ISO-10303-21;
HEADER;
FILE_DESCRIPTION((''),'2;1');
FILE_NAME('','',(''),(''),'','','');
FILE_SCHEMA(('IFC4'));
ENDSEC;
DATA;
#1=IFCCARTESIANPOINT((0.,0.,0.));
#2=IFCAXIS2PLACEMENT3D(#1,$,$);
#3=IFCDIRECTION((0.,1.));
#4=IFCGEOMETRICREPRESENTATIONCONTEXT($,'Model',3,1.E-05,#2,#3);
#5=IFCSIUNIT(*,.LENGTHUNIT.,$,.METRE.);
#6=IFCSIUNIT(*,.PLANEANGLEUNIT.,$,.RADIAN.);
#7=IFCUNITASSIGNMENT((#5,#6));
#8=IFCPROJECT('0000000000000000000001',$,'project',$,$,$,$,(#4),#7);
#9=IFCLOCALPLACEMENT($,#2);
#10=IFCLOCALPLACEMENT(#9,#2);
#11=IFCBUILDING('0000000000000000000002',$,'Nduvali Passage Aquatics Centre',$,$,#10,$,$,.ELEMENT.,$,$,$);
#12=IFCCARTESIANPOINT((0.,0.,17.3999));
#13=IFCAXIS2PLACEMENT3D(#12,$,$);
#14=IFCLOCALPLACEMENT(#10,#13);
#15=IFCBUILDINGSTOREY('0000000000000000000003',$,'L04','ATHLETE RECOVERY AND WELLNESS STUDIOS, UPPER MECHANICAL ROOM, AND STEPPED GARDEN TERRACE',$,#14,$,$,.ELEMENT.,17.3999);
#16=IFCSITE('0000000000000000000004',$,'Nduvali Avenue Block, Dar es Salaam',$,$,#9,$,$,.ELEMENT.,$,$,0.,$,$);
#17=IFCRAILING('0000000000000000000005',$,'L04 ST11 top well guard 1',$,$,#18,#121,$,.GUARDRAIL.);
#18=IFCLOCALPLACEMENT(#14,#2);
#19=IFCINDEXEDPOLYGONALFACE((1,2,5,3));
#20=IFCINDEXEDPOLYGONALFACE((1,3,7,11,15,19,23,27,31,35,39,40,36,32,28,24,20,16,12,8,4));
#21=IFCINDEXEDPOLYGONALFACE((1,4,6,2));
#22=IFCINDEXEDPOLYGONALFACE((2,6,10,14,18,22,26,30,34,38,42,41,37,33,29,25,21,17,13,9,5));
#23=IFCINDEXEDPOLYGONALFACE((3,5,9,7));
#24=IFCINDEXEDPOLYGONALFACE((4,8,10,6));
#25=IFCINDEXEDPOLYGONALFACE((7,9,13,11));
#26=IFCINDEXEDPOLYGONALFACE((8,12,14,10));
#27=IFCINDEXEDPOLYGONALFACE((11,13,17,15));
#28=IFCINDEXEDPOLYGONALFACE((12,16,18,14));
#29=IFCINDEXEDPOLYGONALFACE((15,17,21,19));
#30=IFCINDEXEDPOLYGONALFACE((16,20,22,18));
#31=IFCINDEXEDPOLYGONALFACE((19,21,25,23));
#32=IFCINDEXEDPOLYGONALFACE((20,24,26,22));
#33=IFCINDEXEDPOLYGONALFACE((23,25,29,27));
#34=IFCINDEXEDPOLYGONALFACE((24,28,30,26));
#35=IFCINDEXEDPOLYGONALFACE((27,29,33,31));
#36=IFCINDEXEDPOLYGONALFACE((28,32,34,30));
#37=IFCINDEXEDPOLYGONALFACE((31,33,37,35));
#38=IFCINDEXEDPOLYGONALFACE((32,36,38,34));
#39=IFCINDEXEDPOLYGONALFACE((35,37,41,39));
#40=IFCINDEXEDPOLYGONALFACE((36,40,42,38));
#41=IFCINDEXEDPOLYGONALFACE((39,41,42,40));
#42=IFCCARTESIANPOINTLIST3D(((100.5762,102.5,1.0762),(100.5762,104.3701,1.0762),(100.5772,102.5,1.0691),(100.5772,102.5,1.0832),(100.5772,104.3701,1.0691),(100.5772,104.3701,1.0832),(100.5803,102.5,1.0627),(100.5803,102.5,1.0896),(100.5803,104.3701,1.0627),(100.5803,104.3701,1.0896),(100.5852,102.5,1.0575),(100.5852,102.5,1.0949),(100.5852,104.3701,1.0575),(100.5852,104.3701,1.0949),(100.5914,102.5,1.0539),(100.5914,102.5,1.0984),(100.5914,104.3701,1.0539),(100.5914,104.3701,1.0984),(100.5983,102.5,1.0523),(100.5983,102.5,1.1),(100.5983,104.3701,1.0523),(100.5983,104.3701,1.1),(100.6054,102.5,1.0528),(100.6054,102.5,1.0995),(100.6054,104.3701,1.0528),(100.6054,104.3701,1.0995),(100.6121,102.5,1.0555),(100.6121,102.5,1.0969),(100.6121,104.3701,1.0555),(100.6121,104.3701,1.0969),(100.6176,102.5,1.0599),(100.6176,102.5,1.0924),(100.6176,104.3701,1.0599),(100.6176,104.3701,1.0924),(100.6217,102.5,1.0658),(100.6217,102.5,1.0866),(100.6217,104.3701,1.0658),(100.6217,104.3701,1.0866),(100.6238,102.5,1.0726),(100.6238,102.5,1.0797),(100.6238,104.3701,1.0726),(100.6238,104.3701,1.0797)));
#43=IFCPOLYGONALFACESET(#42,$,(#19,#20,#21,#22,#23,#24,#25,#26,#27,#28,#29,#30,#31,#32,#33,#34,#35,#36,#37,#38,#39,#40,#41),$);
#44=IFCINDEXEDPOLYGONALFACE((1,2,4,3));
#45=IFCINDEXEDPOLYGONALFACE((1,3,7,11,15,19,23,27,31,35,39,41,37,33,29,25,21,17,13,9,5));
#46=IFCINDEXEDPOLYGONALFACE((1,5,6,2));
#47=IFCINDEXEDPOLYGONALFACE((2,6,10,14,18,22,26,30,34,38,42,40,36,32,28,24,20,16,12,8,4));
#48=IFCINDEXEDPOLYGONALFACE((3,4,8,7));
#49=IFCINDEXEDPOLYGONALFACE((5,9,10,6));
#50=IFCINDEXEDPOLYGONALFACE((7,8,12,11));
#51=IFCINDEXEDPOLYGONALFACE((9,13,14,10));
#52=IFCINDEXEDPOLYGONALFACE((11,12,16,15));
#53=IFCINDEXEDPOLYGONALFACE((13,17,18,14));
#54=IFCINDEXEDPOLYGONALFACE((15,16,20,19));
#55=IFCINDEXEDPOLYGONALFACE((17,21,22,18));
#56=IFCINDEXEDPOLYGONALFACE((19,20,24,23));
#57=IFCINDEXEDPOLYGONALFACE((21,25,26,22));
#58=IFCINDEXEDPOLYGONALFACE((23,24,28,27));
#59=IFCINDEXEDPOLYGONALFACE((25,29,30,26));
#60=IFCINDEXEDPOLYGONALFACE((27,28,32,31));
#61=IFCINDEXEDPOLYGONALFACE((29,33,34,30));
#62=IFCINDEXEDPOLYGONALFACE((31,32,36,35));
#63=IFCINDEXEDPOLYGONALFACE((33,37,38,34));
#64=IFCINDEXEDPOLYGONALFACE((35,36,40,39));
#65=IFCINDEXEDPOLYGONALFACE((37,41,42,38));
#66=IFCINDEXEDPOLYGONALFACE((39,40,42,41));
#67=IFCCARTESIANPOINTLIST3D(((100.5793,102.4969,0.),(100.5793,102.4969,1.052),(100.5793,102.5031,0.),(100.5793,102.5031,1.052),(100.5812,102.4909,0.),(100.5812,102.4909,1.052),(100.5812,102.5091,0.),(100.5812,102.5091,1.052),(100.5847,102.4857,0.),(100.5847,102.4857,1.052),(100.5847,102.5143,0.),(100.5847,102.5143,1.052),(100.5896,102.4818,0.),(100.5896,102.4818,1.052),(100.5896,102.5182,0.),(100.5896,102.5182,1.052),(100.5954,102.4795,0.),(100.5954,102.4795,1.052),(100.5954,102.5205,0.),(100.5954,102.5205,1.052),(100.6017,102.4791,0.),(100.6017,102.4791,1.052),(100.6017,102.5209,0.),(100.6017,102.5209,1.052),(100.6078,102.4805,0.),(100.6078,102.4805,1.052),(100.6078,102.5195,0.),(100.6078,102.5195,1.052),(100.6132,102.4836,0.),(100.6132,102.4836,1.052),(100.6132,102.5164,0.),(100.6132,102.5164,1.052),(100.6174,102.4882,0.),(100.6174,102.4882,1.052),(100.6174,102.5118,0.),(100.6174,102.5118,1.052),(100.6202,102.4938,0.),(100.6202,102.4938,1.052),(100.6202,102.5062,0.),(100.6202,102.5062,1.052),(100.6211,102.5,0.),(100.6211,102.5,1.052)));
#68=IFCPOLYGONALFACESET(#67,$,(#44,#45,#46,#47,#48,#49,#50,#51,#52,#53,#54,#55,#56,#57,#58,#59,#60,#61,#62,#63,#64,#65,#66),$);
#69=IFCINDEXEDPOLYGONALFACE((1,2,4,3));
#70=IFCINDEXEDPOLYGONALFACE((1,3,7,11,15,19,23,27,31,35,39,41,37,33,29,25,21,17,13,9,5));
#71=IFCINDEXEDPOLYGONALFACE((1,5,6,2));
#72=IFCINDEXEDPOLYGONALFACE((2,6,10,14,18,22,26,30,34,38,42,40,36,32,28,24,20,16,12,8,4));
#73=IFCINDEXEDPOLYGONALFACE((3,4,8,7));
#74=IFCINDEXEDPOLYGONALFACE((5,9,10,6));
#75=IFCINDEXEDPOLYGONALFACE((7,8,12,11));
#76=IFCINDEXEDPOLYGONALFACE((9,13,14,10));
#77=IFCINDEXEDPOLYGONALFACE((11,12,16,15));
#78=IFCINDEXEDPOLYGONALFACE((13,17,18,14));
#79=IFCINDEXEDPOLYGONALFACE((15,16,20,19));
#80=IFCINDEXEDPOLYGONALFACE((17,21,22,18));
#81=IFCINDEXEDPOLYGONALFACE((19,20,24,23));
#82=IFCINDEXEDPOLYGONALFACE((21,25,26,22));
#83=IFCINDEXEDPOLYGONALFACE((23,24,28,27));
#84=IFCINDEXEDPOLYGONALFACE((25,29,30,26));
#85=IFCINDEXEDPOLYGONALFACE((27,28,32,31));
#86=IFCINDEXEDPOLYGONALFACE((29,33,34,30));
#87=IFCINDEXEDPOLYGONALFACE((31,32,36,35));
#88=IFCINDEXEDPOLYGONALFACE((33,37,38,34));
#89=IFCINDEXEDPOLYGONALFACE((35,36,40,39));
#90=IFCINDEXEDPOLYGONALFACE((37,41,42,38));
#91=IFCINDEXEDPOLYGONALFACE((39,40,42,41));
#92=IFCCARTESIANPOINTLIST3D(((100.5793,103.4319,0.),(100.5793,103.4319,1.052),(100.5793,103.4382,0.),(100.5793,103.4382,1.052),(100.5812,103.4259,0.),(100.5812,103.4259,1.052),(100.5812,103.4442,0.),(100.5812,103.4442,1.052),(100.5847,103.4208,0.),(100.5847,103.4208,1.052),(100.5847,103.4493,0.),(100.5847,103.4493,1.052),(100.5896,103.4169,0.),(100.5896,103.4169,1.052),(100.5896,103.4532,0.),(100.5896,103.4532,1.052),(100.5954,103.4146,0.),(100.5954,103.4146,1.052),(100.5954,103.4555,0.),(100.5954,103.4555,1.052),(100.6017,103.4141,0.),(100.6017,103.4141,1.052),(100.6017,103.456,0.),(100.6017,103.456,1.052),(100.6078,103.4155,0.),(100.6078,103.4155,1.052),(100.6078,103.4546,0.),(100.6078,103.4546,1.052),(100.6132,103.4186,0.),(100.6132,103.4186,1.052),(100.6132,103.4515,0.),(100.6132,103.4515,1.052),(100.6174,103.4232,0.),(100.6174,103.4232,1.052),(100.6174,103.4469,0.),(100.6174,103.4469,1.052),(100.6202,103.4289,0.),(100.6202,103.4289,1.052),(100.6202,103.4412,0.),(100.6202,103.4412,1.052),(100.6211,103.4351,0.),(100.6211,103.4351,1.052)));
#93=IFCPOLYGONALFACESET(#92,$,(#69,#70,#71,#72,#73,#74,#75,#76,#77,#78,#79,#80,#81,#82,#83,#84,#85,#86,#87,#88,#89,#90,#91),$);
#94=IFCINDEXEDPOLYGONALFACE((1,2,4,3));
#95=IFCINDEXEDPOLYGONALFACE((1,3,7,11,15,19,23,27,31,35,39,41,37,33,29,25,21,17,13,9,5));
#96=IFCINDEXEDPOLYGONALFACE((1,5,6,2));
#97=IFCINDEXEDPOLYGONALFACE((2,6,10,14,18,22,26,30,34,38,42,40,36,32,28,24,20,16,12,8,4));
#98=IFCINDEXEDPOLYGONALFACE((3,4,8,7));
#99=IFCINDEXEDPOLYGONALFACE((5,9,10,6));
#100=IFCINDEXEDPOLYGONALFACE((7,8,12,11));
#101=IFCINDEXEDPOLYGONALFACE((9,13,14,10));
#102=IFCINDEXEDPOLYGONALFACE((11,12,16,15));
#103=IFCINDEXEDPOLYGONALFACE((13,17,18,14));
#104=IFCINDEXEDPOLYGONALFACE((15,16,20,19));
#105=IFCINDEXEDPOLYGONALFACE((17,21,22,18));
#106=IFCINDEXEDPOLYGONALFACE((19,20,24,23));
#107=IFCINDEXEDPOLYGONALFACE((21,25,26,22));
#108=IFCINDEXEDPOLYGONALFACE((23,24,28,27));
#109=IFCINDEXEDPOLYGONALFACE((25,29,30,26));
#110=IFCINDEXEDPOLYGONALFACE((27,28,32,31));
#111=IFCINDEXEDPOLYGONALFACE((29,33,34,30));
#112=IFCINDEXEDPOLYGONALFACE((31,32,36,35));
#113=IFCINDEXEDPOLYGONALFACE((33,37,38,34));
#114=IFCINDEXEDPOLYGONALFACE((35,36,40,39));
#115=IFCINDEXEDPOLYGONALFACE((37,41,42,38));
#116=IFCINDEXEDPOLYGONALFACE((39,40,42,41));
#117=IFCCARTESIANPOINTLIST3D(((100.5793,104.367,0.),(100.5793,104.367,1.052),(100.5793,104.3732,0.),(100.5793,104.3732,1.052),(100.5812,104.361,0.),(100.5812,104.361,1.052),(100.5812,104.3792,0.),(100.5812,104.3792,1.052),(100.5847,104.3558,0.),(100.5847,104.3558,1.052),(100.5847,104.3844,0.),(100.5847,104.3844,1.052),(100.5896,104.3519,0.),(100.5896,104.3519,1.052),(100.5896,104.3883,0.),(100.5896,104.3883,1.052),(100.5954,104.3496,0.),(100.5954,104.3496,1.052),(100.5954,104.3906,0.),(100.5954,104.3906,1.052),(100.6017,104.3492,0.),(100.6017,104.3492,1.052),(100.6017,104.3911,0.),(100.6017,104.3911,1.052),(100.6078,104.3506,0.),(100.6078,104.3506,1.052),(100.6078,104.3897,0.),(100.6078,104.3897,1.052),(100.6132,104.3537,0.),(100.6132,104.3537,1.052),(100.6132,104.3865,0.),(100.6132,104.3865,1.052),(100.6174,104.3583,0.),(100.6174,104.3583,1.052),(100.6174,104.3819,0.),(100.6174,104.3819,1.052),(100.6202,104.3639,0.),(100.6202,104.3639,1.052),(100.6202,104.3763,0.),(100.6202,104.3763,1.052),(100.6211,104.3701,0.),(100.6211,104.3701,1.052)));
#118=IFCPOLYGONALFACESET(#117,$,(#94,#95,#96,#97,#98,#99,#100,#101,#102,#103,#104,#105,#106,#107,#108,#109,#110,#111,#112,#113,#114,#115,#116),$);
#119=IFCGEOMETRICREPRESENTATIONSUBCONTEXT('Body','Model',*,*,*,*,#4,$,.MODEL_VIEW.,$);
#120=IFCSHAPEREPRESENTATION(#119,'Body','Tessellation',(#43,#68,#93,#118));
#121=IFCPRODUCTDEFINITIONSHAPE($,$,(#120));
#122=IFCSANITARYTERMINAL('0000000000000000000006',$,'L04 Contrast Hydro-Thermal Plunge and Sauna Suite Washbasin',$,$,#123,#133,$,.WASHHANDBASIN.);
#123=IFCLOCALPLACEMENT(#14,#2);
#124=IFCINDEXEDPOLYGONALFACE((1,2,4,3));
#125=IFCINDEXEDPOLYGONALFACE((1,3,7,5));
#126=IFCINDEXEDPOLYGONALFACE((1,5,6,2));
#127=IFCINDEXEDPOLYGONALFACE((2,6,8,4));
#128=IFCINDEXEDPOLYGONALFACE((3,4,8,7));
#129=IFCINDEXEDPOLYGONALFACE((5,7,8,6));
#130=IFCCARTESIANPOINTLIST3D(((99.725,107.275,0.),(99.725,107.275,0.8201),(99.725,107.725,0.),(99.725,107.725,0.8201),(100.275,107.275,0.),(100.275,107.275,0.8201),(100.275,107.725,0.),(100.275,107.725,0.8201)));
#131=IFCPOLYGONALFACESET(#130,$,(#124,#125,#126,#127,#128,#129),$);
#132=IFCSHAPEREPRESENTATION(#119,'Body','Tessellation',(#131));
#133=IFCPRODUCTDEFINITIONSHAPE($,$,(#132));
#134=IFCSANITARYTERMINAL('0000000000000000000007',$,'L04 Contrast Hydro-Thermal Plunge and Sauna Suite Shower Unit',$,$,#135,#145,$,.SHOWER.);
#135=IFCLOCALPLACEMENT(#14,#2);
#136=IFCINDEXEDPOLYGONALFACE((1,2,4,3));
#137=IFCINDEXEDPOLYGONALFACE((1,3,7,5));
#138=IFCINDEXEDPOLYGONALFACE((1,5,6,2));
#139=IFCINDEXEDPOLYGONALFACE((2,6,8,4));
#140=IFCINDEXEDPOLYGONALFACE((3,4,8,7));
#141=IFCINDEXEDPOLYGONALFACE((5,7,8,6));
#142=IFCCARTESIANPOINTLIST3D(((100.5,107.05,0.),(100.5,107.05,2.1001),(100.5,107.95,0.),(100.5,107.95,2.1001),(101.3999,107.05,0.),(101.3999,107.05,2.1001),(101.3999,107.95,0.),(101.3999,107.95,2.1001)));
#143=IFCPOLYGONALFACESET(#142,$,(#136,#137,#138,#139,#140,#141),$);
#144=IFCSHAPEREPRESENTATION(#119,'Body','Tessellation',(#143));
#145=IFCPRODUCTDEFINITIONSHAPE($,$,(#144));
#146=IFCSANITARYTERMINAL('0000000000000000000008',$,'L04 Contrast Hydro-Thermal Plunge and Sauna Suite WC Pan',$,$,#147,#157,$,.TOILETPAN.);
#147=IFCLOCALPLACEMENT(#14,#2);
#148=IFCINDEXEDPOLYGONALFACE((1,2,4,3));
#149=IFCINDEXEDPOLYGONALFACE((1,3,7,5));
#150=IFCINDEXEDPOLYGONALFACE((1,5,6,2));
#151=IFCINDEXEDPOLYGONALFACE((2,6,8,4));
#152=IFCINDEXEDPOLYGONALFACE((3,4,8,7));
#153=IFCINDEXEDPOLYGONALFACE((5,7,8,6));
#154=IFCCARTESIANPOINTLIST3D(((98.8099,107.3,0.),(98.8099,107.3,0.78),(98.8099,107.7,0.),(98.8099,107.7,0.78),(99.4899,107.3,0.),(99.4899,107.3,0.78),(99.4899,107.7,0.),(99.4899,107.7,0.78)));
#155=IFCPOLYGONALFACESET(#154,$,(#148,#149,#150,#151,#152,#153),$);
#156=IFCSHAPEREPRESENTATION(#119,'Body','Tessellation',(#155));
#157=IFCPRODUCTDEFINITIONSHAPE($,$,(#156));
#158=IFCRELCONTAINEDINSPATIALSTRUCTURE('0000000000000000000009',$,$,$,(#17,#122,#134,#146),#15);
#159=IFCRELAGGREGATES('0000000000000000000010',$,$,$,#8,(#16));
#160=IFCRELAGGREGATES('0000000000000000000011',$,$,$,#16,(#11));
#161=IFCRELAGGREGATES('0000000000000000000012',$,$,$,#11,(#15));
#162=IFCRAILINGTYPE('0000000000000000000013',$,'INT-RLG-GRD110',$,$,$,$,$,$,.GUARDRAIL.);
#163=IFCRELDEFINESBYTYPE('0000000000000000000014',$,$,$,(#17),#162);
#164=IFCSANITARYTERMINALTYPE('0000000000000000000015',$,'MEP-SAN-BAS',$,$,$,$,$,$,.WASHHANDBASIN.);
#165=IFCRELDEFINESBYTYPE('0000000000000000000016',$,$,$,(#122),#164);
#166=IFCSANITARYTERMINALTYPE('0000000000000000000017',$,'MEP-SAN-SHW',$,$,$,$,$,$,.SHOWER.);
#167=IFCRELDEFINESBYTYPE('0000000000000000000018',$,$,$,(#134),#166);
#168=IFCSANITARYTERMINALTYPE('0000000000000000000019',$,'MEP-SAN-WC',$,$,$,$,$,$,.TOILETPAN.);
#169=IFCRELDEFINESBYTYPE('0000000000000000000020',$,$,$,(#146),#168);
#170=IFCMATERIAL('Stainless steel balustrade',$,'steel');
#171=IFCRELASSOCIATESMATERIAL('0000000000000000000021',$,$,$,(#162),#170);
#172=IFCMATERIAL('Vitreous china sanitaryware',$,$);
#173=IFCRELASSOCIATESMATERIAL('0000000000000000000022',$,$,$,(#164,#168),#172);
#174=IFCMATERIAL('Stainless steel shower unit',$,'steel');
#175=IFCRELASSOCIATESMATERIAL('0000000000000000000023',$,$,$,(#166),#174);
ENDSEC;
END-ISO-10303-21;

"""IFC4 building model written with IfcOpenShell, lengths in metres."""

from ifc_helpers import new_model, si_unit, direction, frame, origin, origin_2d, place, context, subcontext, project, spatial, rectangle, circle, extrude, material, type_object, element, save


model = new_model("IFC4")

# Units and contexts
model_context = context("Model", 3, precision=1e-05, world=origin(), true_north=direction((0.0, 1.0)))
body_context = subcontext(model_context, "Body", "Model", "MODEL_VIEW")
ifc_project = project(units=[si_unit("LENGTHUNIT", "METRE"), si_unit("PLANEANGLEUNIT", "RADIAN")], contexts=[model_context])

# Site, building, storey
site_placement = place(None, origin())
site = spatial("IfcSite", under=ifc_project, at=site_placement, Name="Nduvali Avenue Block, Dar es Salaam", CompositionType="ELEMENT", RefElevation=0.0)
building_placement = place(site_placement, origin())
building = spatial("IfcBuilding", under=site, at=building_placement, Name="Nduvali Passage Aquatics Centre", CompositionType="ELEMENT")
storey_placement = place(building_placement, frame((0.0, 0.0, 17.3999)))
storey = spatial("IfcBuildingStorey", under=building, at=storey_placement, Name="L04", Description="ATHLETE RECOVERY AND WELLNESS STUDIOS, UPPER MECHANICAL ROOM, AND STEPPED GARDEN TERRACE", CompositionType="ELEMENT", Elevation=17.3999)

# Railing
ifc_material_1 = material(Name="Stainless steel balustrade", Category="steel")
railing_type = type_object("IfcRailingType", Name="INT-RLG-GRD110", PredefinedType="GUARDRAIL", material=ifc_material_1)
railing_placement = place(storey_placement, frame((100.6001, 102.5, 0.0)))
element("IfcRailing", 1, at=railing_placement, inside=storey, type_object=railing_type, Name="L04 ST11 top well guard 1", PredefinedType="GUARDRAIL", context=body_context, shape_type="SweptSolid", body=[
    extrude(circle(Radius=0.0239, at=origin_2d()), frame((0.0, 0.0, 1.0762), z_axis=(0.0, 1.0, 0.0), x_axis=(-1.0, 0.0, 0.0)), (0.0, 0.0, 1.0), 1.8701),
    extrude(circle(Radius=0.021, at=origin_2d()), origin(), (0.0, 0.0, 1.0), 1.052),
    extrude(circle(Radius=0.021, at=origin_2d()), frame((0.0, 0.9351, 0.0)), (0.0, 0.0, 1.0), 1.052),
    extrude(circle(Radius=0.021, at=origin_2d()), frame((0.0, 1.8701, 0.0)), (0.0, 0.0, 1.0), 1.052),
])

# Sanitary terminals
ifc_material_2 = material(Name="Vitreous china sanitaryware")
sanitary_terminal_type_1 = type_object("IfcSanitaryTerminalType", Name="MEP-SAN-BAS", PredefinedType="WASHHANDBASIN", material=ifc_material_2)
sanitary_terminal_1_placement = place(storey_placement, frame((100.0, 107.5, 0.0), z_axis=(0.0, 0.0, 1.0), x_axis=(1.0, 0.0, 0.0)))
element("IfcSanitaryTerminal", 2, at=sanitary_terminal_1_placement, inside=storey, type_object=sanitary_terminal_type_1, Name="L04 Contrast Hydro-Thermal Plunge and Sauna Suite Washbasin", PredefinedType="WASHHANDBASIN", context=body_context, shape_type="SweptSolid", body=[
    extrude(rectangle(XDim=0.55, YDim=0.45, at=origin_2d()), origin(), (0.0, 0.0, 1.0), 0.8201),
])
ifc_material_3 = material(Name="Stainless steel shower unit", Category="steel")
sanitary_terminal_type_2 = type_object("IfcSanitaryTerminalType", Name="MEP-SAN-SHW", PredefinedType="SHOWER", material=ifc_material_3)
sanitary_terminal_2_placement = place(storey_placement, frame((100.95, 107.5, 0.0), z_axis=(0.0, 0.0, 1.0), x_axis=(1.0, 0.0, 0.0)))
element("IfcSanitaryTerminal", 3, at=sanitary_terminal_2_placement, inside=storey, type_object=sanitary_terminal_type_2, Name="L04 Contrast Hydro-Thermal Plunge and Sauna Suite Shower Unit", PredefinedType="SHOWER", context=body_context, shape_type="SweptSolid", body=[
    extrude(rectangle(XDim=0.8999, YDim=0.8999, at=origin_2d()), origin(), (0.0, 0.0, 1.0), 2.1001),
])
sanitary_terminal_type_3 = type_object("IfcSanitaryTerminalType", Name="MEP-SAN-WC", PredefinedType="TOILETPAN", material=ifc_material_2)
sanitary_terminal_3_placement = place(storey_placement, frame((99.1499, 107.5, 0.0), z_axis=(0.0, 0.0, 1.0), x_axis=(1.0, 0.0, 0.0)))
element("IfcSanitaryTerminal", 4, at=sanitary_terminal_3_placement, inside=storey, type_object=sanitary_terminal_type_3, Name="L04 Contrast Hydro-Thermal Plunge and Sauna Suite WC Pan", PredefinedType="TOILETPAN", context=body_context, shape_type="SweptSolid", body=[
    extrude(rectangle(XDim=0.6799, YDim=0.3999, at=origin_2d()), origin(), (0.0, 0.0, 1.0), 0.78),
])

save(model, "model.ifc")
